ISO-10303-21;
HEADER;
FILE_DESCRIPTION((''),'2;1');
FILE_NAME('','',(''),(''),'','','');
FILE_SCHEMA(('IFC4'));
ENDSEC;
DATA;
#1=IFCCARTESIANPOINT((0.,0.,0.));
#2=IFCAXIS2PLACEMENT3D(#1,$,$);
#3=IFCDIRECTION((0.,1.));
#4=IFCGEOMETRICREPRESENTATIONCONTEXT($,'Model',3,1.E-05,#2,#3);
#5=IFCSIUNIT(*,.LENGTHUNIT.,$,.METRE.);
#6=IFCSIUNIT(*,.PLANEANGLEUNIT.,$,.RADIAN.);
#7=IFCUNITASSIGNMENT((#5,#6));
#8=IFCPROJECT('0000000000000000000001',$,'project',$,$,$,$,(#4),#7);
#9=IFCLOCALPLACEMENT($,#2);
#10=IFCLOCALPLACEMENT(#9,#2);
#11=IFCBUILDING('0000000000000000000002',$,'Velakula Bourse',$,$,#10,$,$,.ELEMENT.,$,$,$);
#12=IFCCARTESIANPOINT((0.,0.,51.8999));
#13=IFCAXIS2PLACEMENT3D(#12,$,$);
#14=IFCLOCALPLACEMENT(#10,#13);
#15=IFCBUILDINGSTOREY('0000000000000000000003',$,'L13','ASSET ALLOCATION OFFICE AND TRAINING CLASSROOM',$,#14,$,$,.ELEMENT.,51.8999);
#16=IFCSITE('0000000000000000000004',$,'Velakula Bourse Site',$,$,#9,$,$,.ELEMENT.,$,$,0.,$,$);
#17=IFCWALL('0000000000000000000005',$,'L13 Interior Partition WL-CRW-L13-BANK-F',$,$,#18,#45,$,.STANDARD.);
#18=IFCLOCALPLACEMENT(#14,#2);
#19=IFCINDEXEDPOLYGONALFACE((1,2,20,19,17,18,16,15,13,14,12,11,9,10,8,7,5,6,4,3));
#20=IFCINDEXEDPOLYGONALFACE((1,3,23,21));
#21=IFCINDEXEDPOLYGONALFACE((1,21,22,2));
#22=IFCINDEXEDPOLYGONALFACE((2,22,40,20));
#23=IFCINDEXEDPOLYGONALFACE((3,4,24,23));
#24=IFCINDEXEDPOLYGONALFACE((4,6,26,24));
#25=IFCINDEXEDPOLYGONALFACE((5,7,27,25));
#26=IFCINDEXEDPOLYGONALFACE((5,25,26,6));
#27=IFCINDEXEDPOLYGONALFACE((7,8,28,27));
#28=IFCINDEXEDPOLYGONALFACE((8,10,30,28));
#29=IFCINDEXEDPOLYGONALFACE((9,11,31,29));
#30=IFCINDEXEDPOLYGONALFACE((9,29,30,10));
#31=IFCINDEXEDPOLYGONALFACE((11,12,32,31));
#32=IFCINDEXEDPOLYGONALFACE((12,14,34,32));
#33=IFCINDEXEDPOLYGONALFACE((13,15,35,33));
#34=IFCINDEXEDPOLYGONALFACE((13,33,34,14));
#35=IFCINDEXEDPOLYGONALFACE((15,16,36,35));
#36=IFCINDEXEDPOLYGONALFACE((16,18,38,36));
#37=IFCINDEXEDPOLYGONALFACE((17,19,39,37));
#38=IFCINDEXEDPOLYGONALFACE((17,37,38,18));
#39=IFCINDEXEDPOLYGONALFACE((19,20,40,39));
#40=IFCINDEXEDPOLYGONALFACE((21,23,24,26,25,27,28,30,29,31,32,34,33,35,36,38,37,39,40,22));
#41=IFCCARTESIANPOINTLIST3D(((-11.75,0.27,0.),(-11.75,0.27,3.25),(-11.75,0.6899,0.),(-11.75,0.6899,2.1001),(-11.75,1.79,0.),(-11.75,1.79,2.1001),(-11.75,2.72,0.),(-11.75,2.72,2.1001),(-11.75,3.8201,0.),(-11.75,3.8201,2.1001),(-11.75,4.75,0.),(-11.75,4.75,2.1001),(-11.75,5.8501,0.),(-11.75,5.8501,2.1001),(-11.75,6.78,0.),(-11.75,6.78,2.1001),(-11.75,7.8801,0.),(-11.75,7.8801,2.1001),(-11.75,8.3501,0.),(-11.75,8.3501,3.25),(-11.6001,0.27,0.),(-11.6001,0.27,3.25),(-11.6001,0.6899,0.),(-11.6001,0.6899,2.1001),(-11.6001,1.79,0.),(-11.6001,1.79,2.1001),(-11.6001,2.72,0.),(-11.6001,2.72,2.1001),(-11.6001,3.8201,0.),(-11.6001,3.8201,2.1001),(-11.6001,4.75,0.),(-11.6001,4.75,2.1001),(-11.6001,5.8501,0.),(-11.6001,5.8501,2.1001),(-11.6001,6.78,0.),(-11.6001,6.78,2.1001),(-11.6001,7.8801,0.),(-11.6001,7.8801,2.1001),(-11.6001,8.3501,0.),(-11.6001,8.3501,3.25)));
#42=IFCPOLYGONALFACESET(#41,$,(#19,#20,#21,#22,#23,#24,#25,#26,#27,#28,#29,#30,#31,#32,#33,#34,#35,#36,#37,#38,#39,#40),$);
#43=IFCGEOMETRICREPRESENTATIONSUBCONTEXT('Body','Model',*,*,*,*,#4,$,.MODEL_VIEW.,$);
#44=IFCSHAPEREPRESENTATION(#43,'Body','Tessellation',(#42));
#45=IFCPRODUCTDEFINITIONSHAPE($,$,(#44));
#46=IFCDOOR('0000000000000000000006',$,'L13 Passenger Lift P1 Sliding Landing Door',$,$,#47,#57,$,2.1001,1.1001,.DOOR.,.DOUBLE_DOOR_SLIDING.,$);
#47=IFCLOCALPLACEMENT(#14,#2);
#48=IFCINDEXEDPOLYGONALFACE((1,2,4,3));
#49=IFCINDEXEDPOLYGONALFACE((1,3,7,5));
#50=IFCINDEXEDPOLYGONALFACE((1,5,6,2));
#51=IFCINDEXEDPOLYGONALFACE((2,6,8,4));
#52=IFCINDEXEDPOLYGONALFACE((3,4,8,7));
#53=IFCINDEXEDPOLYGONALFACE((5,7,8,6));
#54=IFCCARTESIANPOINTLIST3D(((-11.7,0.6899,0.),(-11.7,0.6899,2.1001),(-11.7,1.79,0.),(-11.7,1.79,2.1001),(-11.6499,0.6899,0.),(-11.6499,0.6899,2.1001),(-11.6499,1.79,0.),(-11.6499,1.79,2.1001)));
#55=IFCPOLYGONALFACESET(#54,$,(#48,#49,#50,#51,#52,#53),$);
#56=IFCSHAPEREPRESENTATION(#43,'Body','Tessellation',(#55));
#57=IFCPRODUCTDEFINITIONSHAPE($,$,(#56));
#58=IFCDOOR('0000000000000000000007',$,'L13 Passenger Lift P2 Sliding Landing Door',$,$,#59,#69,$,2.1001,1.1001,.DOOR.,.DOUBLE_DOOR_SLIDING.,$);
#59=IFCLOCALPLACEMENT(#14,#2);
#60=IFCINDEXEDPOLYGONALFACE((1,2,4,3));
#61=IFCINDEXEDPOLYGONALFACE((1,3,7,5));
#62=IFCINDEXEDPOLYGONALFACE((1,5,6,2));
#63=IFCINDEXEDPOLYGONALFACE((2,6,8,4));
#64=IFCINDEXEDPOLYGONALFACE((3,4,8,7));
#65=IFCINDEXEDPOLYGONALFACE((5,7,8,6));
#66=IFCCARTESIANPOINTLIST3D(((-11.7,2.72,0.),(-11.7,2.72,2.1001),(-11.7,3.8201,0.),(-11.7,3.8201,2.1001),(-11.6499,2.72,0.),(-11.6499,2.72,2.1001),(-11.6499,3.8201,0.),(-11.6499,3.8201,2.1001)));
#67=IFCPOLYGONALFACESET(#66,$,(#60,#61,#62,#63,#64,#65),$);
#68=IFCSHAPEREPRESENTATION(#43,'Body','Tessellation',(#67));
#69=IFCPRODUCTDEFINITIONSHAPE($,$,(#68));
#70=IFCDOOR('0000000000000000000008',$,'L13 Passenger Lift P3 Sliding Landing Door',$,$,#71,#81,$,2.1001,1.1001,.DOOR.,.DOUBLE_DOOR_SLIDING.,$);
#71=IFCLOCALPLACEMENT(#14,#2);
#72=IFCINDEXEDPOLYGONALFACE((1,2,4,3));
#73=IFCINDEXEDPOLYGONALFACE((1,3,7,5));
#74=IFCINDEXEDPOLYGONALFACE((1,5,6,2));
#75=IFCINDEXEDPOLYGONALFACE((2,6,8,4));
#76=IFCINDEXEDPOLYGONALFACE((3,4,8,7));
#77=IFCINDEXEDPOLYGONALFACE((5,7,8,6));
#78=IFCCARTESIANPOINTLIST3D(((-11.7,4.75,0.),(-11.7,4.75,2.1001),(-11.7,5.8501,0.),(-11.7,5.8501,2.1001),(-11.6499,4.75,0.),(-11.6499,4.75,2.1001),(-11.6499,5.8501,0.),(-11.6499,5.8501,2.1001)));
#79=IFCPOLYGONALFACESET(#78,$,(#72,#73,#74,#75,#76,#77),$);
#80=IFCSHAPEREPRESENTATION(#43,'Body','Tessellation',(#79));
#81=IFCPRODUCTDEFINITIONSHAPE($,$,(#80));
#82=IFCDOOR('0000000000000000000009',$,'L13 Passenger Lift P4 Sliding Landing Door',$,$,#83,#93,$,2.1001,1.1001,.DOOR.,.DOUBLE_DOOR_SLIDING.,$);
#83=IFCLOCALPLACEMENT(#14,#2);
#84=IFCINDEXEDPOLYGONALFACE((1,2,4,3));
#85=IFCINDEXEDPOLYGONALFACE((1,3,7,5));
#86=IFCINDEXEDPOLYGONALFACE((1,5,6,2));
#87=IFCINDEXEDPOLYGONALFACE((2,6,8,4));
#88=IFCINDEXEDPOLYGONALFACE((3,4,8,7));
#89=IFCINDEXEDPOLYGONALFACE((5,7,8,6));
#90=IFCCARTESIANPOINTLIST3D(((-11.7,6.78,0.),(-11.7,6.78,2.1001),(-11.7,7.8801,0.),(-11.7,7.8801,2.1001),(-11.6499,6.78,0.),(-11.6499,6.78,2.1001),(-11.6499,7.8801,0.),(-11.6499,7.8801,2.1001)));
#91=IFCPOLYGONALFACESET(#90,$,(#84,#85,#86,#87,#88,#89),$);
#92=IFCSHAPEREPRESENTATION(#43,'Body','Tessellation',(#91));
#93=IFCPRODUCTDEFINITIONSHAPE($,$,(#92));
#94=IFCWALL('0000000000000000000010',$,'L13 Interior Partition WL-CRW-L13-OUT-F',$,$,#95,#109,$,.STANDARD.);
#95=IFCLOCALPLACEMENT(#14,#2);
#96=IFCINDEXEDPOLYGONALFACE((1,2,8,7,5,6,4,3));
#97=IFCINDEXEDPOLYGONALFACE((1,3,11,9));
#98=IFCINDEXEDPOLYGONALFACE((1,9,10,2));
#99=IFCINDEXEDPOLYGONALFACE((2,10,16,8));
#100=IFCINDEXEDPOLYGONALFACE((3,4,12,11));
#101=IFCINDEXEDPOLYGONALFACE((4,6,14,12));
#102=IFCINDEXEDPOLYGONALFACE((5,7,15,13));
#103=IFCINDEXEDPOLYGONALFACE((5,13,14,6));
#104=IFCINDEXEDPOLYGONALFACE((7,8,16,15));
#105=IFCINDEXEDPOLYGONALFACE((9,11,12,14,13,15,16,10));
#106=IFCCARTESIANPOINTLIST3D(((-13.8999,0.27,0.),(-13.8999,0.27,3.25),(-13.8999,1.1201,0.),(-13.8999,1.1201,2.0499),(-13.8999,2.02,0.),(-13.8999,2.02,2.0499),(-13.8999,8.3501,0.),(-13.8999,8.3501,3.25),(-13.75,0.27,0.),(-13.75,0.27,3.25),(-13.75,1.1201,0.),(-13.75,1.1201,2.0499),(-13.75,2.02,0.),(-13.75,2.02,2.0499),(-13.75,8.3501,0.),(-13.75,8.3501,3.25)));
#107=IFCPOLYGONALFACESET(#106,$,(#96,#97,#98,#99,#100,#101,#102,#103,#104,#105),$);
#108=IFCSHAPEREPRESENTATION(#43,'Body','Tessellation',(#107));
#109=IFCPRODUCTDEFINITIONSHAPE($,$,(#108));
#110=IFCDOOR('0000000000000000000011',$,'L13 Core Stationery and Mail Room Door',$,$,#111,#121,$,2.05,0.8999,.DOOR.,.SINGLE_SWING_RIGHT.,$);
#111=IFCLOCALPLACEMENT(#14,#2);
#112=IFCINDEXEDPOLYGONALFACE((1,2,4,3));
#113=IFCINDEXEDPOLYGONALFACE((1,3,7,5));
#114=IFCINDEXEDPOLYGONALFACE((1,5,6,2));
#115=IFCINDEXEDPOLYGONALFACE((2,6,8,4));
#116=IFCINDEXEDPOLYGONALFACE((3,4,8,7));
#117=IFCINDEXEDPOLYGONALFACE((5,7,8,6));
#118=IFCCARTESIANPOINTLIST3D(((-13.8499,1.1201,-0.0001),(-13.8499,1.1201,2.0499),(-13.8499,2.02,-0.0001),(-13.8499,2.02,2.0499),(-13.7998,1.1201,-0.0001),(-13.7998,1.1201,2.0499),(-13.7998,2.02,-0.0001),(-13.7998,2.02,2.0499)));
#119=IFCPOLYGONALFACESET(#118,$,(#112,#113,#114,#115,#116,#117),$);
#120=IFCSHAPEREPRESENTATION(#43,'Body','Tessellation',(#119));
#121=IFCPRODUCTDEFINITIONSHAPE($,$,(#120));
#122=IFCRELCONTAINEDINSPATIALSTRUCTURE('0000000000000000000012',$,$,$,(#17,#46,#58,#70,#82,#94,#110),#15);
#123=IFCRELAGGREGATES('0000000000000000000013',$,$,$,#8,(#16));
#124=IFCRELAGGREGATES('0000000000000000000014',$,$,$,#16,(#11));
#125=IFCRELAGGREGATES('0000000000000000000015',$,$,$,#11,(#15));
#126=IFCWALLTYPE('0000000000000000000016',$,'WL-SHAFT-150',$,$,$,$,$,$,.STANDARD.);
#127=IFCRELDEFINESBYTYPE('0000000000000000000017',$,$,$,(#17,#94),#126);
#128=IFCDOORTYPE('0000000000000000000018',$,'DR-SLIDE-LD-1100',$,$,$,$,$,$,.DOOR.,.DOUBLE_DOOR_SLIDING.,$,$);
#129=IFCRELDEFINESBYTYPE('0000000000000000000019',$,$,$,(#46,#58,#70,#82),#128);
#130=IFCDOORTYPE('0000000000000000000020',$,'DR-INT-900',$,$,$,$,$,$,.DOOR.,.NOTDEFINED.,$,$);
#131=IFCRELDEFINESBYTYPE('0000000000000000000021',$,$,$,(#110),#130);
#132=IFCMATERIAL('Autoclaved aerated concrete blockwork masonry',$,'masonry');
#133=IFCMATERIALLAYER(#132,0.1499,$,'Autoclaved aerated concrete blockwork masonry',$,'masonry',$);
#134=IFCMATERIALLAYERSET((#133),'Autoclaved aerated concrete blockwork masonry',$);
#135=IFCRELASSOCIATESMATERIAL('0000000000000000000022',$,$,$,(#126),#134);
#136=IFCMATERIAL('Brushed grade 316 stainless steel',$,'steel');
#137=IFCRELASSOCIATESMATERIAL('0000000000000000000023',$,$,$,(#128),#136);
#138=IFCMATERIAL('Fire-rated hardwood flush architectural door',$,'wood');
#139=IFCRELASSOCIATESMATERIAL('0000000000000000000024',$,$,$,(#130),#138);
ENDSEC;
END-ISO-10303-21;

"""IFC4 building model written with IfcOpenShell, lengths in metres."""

from ifc_helpers import new_model, si_unit, direction, frame, frame_2d, origin, place, context, subcontext, project, spatial, rectangle, extrude, material, layer, layer_set, type_object, element, fill, save


model = new_model("IFC4")

# Units and contexts
model_context = context("Model", 3, precision=1e-05, world=origin(), true_north=direction((0.0, 1.0)))
body_context = subcontext(model_context, "Body", "Model", "MODEL_VIEW")
ifc_project = project(units=[si_unit("LENGTHUNIT", "METRE"), si_unit("PLANEANGLEUNIT", "RADIAN")], contexts=[model_context])

# Site, building, storey
site_placement = place(None, origin())
site = spatial("IfcSite", under=ifc_project, at=site_placement, Name="Velakula Bourse Site", CompositionType="ELEMENT", RefElevation=0.0)
building_placement = place(site_placement, origin())
building = spatial("IfcBuilding", under=site, at=building_placement, Name="Velakula Bourse", CompositionType="ELEMENT")
storey_placement = place(building_placement, frame((0.0, 0.0, 51.8999)))
storey = spatial("IfcBuildingStorey", under=building, at=storey_placement, Name="L13", Description="ASSET ALLOCATION OFFICE AND TRAINING CLASSROOM", CompositionType="ELEMENT", Elevation=51.8999)

# Shared definitions
ifc_material_1 = material(Name="Fire-rated hardwood flush architectural door", Category="wood")

# Shared definitions
ifc_material_2 = material(Name="Autoclaved aerated concrete blockwork masonry", Category="masonry")
ifc_layer_1 = layer(ifc_material_2, 0.1499, Name="Autoclaved aerated concrete blockwork masonry", Category="masonry")
ifc_layer_set_1 = layer_set([ifc_layer_1], Name="Autoclaved aerated concrete blockwork masonry")
wall_type_1 = type_object("IfcWallType", Name="WL-SHAFT-150", PredefinedType="STANDARD", material=ifc_layer_set_1)

# Wall, openings, doors
wall_1_placement = place(storey_placement, frame((-11.675, 0.27, 0.0), z_axis=(0.0, 0.0, 1.0), x_axis=(0.0, 1.0, 0.0)))
wall_1 = element("IfcWall", 1, at=wall_1_placement, inside=storey, type_object=wall_type_1, Name="L13 Interior Partition WL-CRW-L13-BANK-F", PredefinedType="STANDARD", context=body_context, shape_type="SweptSolid", body=[
    extrude(rectangle(XDim=8.0801, YDim=0.1499, at=frame_2d((4.04, 0.0))), origin(), (0.0, 0.0, 1.0), 3.25),
])
opening_1_placement = place(wall_1_placement, frame((0.4199, 0.0, 0.0)))
opening_1 = element("IfcOpeningElement", 2, at=opening_1_placement, cuts=wall_1, PredefinedType="OPENING", context=body_context, shape_type="SweptSolid", body=[
    extrude(rectangle(XDim=1.1001, YDim=2.1001, at=frame_2d((0.55, 1.05))), frame((0.0, 0.085, 0.0), z_axis=(0.0, -1.0, 0.0), x_axis=(1.0, 0.0, 0.0)), (0.0, 0.0, 1.0), 0.1699),
])
opening_2_placement = place(wall_1_placement, frame((2.45, 0.0, 0.0)))
opening_2 = element("IfcOpeningElement", 3, at=opening_2_placement, cuts=wall_1, PredefinedType="OPENING", context=body_context, shape_type="SweptSolid", body=[
    extrude(rectangle(XDim=1.1001, YDim=2.1001, at=frame_2d((0.55, 1.05))), frame((0.0, 0.085, 0.0), z_axis=(0.0, -1.0, 0.0), x_axis=(1.0, 0.0, 0.0)), (0.0, 0.0, 1.0), 0.1699),
])
opening_3_placement = place(wall_1_placement, frame((4.48, 0.0, 0.0)))
opening_3 = element("IfcOpeningElement", 4, at=opening_3_placement, cuts=wall_1, PredefinedType="OPENING", context=body_context, shape_type="SweptSolid", body=[
    extrude(rectangle(XDim=1.1001, YDim=2.1001, at=frame_2d((0.55, 1.05))), frame((0.0, 0.085, 0.0), z_axis=(0.0, -1.0, 0.0), x_axis=(1.0, 0.0, 0.0)), (0.0, 0.0, 1.0), 0.1699),
])
opening_4_placement = place(wall_1_placement, frame((6.51, 0.0, 0.0)))
opening_4 = element("IfcOpeningElement", 5, at=opening_4_placement, cuts=wall_1, PredefinedType="OPENING", context=body_context, shape_type="SweptSolid", body=[
    extrude(rectangle(XDim=1.1001, YDim=2.1001, at=frame_2d((0.55, 1.05))), frame((0.0, 0.085, 0.0), z_axis=(0.0, -1.0, 0.0), x_axis=(1.0, 0.0, 0.0)), (0.0, 0.0, 1.0), 0.1699),
])
ifc_material_3 = material(Name="Brushed grade 316 stainless steel", Category="steel")
door_type_1 = type_object("IfcDoorType", Name="DR-SLIDE-LD-1100", OperationType="DOUBLE_DOOR_SLIDING", PredefinedType="DOOR", material=ifc_material_3)
door_1_placement = place(opening_1_placement, origin())
door_1 = element("IfcDoor", 6, at=door_1_placement, inside=storey, type_object=door_type_1, Name="L13 Passenger Lift P1 Sliding Landing Door", OperationType="DOUBLE_DOOR_SLIDING", OverallHeight=2.1001, OverallWidth=1.1001, PredefinedType="DOOR", context=body_context, shape_type="SweptSolid", body=[
    extrude(rectangle(XDim=1.1001, YDim=2.1001, at=frame_2d((0.55, 1.05))), frame((0.0, 0.0249, 0.0), z_axis=(0.0, -1.0, 0.0), x_axis=(1.0, 0.0, 0.0)), (0.0, 0.0, 1.0), 0.05),
])
fill(opening_1, door_1)
door_2_placement = place(opening_2_placement, origin())
door_2 = element("IfcDoor", 7, at=door_2_placement, inside=storey, type_object=door_type_1, Name="L13 Passenger Lift P2 Sliding Landing Door", OperationType="DOUBLE_DOOR_SLIDING", OverallHeight=2.1001, OverallWidth=1.1001, PredefinedType="DOOR", context=body_context, shape_type="SweptSolid", body=[
    extrude(rectangle(XDim=1.1001, YDim=2.1001, at=frame_2d((0.55, 1.05))), frame((0.0, 0.0249, 0.0), z_axis=(0.0, -1.0, 0.0), x_axis=(1.0, 0.0, 0.0)), (0.0, 0.0, 1.0), 0.05),
])
fill(opening_2, door_2)
door_3_placement = place(opening_3_placement, origin())
door_3 = element("IfcDoor", 8, at=door_3_placement, inside=storey, type_object=door_type_1, Name="L13 Passenger Lift P3 Sliding Landing Door", OperationType="DOUBLE_DOOR_SLIDING", OverallHeight=2.1001, OverallWidth=1.1001, PredefinedType="DOOR", context=body_context, shape_type="SweptSolid", body=[
    extrude(rectangle(XDim=1.1001, YDim=2.1001, at=frame_2d((0.55, 1.05))), frame((0.0, 0.0249, 0.0), z_axis=(0.0, -1.0, 0.0), x_axis=(1.0, 0.0, 0.0)), (0.0, 0.0, 1.0), 0.05),
])
fill(opening_3, door_3)
door_4_placement = place(opening_4_placement, origin())
door_4 = element("IfcDoor", 9, at=door_4_placement, inside=storey, type_object=door_type_1, Name="L13 Passenger Lift P4 Sliding Landing Door", OperationType="DOUBLE_DOOR_SLIDING", OverallHeight=2.1001, OverallWidth=1.1001, PredefinedType="DOOR", context=body_context, shape_type="SweptSolid", body=[
    extrude(rectangle(XDim=1.1001, YDim=2.1001, at=frame_2d((0.55, 1.05))), frame((0.0, 0.0249, 0.0), z_axis=(0.0, -1.0, 0.0), x_axis=(1.0, 0.0, 0.0)), (0.0, 0.0, 1.0), 0.05),
])
fill(opening_4, door_4)

# Wall, opening, door
wall_2_placement = place(storey_placement, frame((-13.825, 0.27, 0.0), z_axis=(0.0, 0.0, 1.0), x_axis=(0.0, 1.0, 0.0)))
wall_2 = element("IfcWall", 10, at=wall_2_placement, inside=storey, type_object=wall_type_1, Name="L13 Interior Partition WL-CRW-L13-OUT-F", PredefinedType="STANDARD", context=body_context, shape_type="SweptSolid", body=[
    extrude(rectangle(XDim=8.0801, YDim=0.1499, at=frame_2d((4.04, 0.0))), origin(), (0.0, 0.0, 1.0), 3.25),
])
opening_5_placement = place(wall_2_placement, frame((0.8501, 0.0, 0.0)))
opening_5 = element("IfcOpeningElement", 11, at=opening_5_placement, cuts=wall_2, PredefinedType="OPENING", context=body_context, shape_type="SweptSolid", body=[
    extrude(rectangle(XDim=0.8999, YDim=2.05, at=frame_2d((0.45, 1.0249))), frame((0.0, 0.085, 0.0), z_axis=(0.0, -1.0, 0.0), x_axis=(1.0, 0.0, 0.0)), (0.0, 0.0, 1.0), 0.1699),
])
door_type_2 = type_object("IfcDoorType", Name="DR-INT-900", OperationType="NOTDEFINED", PredefinedType="DOOR", material=ifc_material_1)
door_5_placement = place(opening_5_placement, origin())
door_5 = element("IfcDoor", 12, at=door_5_placement, inside=storey, type_object=door_type_2, Name="L13 Core Stationery and Mail Room Door", OperationType="SINGLE_SWING_RIGHT", OverallHeight=2.05, OverallWidth=0.8999, PredefinedType="DOOR", context=body_context, shape_type="SweptSolid", body=[
    extrude(rectangle(XDim=0.8999, YDim=2.05, at=frame_2d((0.45, 1.0249))), frame((0.0, 0.0249, 0.0), z_axis=(0.0, -1.0, 0.0), x_axis=(1.0, 0.0, 0.0)), (0.0, 0.0, 1.0), 0.05),
])
fill(opening_5, door_5)

save(model, "model.ifc")
